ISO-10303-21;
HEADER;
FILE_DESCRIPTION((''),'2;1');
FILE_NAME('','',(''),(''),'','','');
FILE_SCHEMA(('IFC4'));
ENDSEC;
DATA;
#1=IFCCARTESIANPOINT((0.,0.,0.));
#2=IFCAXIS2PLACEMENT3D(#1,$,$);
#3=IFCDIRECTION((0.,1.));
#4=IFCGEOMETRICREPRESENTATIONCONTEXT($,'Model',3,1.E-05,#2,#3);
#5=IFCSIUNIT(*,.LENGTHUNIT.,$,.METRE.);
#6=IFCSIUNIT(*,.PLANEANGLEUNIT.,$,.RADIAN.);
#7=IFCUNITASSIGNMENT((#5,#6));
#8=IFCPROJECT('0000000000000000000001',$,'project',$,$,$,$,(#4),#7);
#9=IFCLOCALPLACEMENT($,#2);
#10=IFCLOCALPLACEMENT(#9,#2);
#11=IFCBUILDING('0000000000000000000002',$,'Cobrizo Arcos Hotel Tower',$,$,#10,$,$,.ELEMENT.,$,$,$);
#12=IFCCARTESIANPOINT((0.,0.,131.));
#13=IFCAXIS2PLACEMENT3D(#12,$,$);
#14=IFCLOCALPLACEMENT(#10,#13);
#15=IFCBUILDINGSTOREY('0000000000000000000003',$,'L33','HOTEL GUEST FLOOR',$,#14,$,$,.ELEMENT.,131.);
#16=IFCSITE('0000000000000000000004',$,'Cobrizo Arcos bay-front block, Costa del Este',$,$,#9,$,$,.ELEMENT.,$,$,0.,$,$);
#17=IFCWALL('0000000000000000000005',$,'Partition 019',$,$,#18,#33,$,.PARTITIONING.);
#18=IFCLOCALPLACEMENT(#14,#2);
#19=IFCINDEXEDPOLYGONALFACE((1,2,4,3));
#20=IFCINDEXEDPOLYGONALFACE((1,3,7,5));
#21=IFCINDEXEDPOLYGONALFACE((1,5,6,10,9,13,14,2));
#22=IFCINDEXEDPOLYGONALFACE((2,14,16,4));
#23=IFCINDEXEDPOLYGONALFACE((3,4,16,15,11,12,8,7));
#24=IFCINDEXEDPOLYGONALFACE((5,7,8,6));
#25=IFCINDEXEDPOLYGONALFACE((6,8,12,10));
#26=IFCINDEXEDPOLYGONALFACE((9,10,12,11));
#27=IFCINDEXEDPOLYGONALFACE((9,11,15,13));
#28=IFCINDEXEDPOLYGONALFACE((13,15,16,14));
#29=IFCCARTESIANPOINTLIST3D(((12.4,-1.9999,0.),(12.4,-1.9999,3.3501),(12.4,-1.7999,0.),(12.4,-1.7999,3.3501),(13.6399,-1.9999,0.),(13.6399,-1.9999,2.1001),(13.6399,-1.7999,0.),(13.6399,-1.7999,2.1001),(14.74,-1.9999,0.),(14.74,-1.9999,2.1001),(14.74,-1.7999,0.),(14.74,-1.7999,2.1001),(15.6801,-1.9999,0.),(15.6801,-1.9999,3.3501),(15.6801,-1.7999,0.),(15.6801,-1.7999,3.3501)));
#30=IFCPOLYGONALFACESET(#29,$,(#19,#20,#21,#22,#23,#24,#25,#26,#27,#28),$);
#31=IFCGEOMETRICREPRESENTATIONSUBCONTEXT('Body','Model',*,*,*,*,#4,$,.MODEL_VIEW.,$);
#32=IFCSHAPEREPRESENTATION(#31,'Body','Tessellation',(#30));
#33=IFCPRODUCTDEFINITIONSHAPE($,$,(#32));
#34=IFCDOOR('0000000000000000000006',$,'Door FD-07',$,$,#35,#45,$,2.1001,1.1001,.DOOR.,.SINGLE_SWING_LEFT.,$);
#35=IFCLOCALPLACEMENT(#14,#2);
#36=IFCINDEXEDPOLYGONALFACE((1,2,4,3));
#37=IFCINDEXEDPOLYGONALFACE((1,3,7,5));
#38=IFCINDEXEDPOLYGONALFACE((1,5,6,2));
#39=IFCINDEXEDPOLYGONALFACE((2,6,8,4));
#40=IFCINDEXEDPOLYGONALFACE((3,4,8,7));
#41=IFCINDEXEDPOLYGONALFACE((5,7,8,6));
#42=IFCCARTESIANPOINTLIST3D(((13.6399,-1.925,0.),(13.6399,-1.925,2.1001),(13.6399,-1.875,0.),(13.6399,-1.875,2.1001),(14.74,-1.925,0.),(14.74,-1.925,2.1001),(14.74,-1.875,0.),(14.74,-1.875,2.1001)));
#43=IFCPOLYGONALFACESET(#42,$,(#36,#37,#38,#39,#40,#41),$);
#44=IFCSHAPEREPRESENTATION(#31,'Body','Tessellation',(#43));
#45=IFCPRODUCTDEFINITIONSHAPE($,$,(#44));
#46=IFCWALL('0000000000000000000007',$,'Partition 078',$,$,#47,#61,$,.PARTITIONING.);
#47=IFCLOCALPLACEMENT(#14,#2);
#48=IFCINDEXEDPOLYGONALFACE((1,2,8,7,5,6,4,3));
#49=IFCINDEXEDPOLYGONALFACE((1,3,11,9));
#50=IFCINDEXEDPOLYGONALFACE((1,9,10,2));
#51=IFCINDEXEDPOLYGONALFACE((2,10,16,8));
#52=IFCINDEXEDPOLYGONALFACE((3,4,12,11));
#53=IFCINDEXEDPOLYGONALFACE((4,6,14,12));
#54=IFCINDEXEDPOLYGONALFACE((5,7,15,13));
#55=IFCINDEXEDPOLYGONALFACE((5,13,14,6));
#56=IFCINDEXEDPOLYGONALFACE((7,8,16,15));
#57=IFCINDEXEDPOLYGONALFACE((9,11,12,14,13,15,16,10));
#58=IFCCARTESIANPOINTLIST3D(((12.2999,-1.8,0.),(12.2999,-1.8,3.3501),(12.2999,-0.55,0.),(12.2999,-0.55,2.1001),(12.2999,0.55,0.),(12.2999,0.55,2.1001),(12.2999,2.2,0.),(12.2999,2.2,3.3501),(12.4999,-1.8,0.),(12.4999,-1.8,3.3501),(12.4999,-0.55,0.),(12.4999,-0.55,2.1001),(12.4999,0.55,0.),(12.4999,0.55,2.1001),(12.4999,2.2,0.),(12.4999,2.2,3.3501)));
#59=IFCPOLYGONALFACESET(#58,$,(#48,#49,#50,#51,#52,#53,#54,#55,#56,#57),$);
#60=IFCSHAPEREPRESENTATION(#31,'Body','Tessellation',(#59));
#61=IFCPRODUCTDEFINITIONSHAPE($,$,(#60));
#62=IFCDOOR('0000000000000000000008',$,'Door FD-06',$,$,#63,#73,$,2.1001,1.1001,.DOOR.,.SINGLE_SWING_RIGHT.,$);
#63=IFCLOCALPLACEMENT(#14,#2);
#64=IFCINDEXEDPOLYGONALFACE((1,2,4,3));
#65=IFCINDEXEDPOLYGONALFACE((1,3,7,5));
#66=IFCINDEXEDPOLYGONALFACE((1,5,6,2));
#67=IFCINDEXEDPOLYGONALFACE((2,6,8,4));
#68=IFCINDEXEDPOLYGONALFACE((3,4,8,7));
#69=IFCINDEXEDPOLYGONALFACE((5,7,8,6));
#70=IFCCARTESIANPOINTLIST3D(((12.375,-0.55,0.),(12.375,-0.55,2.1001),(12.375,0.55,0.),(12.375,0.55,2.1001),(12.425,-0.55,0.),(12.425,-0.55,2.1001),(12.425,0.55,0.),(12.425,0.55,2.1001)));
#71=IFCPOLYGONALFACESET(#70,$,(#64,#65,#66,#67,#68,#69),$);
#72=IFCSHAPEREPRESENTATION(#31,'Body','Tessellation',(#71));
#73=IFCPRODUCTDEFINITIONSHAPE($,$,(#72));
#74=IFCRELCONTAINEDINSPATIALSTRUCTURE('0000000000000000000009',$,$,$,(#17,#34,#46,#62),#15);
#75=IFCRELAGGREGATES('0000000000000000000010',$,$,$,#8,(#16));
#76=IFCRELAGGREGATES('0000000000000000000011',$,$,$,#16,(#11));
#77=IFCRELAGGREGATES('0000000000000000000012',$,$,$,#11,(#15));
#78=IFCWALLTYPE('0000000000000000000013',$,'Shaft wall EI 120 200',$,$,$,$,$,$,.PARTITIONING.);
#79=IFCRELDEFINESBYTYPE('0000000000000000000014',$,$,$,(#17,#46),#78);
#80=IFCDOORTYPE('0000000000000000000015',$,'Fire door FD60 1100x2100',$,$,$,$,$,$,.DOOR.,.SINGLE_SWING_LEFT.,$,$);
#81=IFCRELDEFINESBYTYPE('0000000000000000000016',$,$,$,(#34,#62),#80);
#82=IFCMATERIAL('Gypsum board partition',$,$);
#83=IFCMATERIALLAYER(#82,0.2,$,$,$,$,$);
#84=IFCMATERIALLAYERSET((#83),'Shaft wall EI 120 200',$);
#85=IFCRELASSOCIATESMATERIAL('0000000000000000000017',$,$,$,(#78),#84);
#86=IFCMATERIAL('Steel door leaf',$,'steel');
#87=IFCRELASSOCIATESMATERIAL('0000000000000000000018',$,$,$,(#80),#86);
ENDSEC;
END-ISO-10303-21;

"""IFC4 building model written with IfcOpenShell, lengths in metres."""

from ifc_helpers import new_model, si_unit, direction, frame, frame_2d, origin, place, context, subcontext, project, spatial, rectangle, extrude, material, layer, layer_set, type_object, element, fill, save


model = new_model("IFC4")

# Units and contexts
model_context = context("Model", 3, precision=1e-05, world=origin(), true_north=direction((0.0, 1.0)))
body_context = subcontext(model_context, "Body", "Model", "MODEL_VIEW")
ifc_project = project(units=[si_unit("LENGTHUNIT", "METRE"), si_unit("PLANEANGLEUNIT", "RADIAN")], contexts=[model_context])

# Site, building, storey
site_placement = place(None, origin())
site = spatial("IfcSite", under=ifc_project, at=site_placement, Name="Cobrizo Arcos bay-front block, Costa del Este", CompositionType="ELEMENT", RefElevation=0.0)
building_placement = place(site_placement, origin())
building = spatial("IfcBuilding", under=site, at=building_placement, Name="Cobrizo Arcos Hotel Tower", CompositionType="ELEMENT")
storey_placement = place(building_placement, frame((0.0, 0.0, 131.0)))
storey = spatial("IfcBuildingStorey", under=building, at=storey_placement, Name="L33", Description="HOTEL GUEST FLOOR", CompositionType="ELEMENT", Elevation=131.0)

# Shared definitions
ifc_material_1 = material(Name="Gypsum board partition")

# Walls, openings, doors
ifc_layer_1 = layer(ifc_material_1, 0.2)
ifc_layer_set_1 = layer_set([ifc_layer_1], Name="Shaft wall EI 120 200")
wall_type_1 = type_object("IfcWallType", Name="Shaft wall EI 120 200", PredefinedType="PARTITIONING", material=ifc_layer_set_1)
wall_1_placement = place(storey_placement, frame((12.3999, -1.8999, 0.0), z_axis=(0.0, 0.0, 1.0), x_axis=(1.0, 0.0, 0.0)))
wall_1 = element("IfcWall", 1, at=wall_1_placement, inside=storey, type_object=wall_type_1, Name="Partition 019", PredefinedType="PARTITIONING", context=body_context, shape_type="SweptSolid", body=[
    extrude(rectangle(XDim=3.28, YDim=0.2, at=frame_2d((1.6401, 0.0))), origin(), (0.0, 0.0, 1.0), 3.3501),
])
opening_1_placement = place(wall_1_placement, frame((1.24, 0.0, 0.0)))
opening_1 = element("IfcOpeningElement", 2, at=opening_1_placement, cuts=wall_1, PredefinedType="OPENING", context=body_context, shape_type="SweptSolid", body=[
    extrude(rectangle(XDim=1.1001, YDim=2.1001, at=frame_2d((0.55, 1.05))), frame((0.0, 0.1121, 0.0), z_axis=(0.0, -1.0, 0.0), x_axis=(1.0, 0.0, 0.0)), (0.0, 0.0, 1.0), 0.2239),
])
ifc_material_2 = material(Name="Steel door leaf", Category="steel")
door_type_1 = type_object("IfcDoorType", Name="Fire door FD60 1100x2100", OperationType="SINGLE_SWING_LEFT", PredefinedType="DOOR", material=ifc_material_2)
door_1_placement = place(opening_1_placement, origin())
door_1 = element("IfcDoor", 3, at=door_1_placement, inside=storey, type_object=door_type_1, Name="Door FD-07", OperationType="SINGLE_SWING_LEFT", OverallHeight=2.1001, OverallWidth=1.1001, PredefinedType="DOOR", context=body_context, shape_type="SweptSolid", body=[
    extrude(rectangle(XDim=1.1001, YDim=2.1001, at=frame_2d((0.55, 1.05))), frame((0.0, 0.0249, 0.0), z_axis=(0.0, -1.0, 0.0), x_axis=(1.0, 0.0, 0.0)), (0.0, 0.0, 1.0), 0.05),
])
fill(opening_1, door_1)
wall_2_placement = place(storey_placement, frame((12.3999, -1.8, 0.0), z_axis=(0.0, 0.0, 1.0), x_axis=(0.0, 1.0, 0.0)))
wall_2 = element("IfcWall", 4, at=wall_2_placement, inside=storey, type_object=wall_type_1, Name="Partition 078", PredefinedType="PARTITIONING", context=body_context, shape_type="SweptSolid", body=[
    extrude(rectangle(XDim=4.0, YDim=0.2, at=frame_2d((2.0, 0.0))), origin(), (0.0, 0.0, 1.0), 3.3501),
])
opening_2_placement = place(wall_2_placement, frame((1.25, 0.0, 0.0)))
opening_2 = element("IfcOpeningElement", 5, at=opening_2_placement, cuts=wall_2, PredefinedType="OPENING", context=body_context, shape_type="SweptSolid", body=[
    extrude(rectangle(XDim=1.1001, YDim=2.1001, at=frame_2d((0.55, 1.05))), frame((0.0, 0.1121, 0.0), z_axis=(0.0, -1.0, 0.0), x_axis=(1.0, 0.0, 0.0)), (0.0, 0.0, 1.0), 0.2239),
])
door_2_placement = place(opening_2_placement, origin())
door_2 = element("IfcDoor", 6, at=door_2_placement, inside=storey, type_object=door_type_1, Name="Door FD-06", OperationType="SINGLE_SWING_RIGHT", OverallHeight=2.1001, OverallWidth=1.1001, PredefinedType="DOOR", context=body_context, shape_type="SweptSolid", body=[
    extrude(rectangle(XDim=1.1001, YDim=2.1001, at=frame_2d((0.55, 1.05))), frame((0.0, 0.0249, 0.0), z_axis=(0.0, -1.0, 0.0), x_axis=(1.0, 0.0, 0.0)), (0.0, 0.0, 1.0), 0.05),
])
fill(opening_2, door_2)

save(model, "model.ifc")
